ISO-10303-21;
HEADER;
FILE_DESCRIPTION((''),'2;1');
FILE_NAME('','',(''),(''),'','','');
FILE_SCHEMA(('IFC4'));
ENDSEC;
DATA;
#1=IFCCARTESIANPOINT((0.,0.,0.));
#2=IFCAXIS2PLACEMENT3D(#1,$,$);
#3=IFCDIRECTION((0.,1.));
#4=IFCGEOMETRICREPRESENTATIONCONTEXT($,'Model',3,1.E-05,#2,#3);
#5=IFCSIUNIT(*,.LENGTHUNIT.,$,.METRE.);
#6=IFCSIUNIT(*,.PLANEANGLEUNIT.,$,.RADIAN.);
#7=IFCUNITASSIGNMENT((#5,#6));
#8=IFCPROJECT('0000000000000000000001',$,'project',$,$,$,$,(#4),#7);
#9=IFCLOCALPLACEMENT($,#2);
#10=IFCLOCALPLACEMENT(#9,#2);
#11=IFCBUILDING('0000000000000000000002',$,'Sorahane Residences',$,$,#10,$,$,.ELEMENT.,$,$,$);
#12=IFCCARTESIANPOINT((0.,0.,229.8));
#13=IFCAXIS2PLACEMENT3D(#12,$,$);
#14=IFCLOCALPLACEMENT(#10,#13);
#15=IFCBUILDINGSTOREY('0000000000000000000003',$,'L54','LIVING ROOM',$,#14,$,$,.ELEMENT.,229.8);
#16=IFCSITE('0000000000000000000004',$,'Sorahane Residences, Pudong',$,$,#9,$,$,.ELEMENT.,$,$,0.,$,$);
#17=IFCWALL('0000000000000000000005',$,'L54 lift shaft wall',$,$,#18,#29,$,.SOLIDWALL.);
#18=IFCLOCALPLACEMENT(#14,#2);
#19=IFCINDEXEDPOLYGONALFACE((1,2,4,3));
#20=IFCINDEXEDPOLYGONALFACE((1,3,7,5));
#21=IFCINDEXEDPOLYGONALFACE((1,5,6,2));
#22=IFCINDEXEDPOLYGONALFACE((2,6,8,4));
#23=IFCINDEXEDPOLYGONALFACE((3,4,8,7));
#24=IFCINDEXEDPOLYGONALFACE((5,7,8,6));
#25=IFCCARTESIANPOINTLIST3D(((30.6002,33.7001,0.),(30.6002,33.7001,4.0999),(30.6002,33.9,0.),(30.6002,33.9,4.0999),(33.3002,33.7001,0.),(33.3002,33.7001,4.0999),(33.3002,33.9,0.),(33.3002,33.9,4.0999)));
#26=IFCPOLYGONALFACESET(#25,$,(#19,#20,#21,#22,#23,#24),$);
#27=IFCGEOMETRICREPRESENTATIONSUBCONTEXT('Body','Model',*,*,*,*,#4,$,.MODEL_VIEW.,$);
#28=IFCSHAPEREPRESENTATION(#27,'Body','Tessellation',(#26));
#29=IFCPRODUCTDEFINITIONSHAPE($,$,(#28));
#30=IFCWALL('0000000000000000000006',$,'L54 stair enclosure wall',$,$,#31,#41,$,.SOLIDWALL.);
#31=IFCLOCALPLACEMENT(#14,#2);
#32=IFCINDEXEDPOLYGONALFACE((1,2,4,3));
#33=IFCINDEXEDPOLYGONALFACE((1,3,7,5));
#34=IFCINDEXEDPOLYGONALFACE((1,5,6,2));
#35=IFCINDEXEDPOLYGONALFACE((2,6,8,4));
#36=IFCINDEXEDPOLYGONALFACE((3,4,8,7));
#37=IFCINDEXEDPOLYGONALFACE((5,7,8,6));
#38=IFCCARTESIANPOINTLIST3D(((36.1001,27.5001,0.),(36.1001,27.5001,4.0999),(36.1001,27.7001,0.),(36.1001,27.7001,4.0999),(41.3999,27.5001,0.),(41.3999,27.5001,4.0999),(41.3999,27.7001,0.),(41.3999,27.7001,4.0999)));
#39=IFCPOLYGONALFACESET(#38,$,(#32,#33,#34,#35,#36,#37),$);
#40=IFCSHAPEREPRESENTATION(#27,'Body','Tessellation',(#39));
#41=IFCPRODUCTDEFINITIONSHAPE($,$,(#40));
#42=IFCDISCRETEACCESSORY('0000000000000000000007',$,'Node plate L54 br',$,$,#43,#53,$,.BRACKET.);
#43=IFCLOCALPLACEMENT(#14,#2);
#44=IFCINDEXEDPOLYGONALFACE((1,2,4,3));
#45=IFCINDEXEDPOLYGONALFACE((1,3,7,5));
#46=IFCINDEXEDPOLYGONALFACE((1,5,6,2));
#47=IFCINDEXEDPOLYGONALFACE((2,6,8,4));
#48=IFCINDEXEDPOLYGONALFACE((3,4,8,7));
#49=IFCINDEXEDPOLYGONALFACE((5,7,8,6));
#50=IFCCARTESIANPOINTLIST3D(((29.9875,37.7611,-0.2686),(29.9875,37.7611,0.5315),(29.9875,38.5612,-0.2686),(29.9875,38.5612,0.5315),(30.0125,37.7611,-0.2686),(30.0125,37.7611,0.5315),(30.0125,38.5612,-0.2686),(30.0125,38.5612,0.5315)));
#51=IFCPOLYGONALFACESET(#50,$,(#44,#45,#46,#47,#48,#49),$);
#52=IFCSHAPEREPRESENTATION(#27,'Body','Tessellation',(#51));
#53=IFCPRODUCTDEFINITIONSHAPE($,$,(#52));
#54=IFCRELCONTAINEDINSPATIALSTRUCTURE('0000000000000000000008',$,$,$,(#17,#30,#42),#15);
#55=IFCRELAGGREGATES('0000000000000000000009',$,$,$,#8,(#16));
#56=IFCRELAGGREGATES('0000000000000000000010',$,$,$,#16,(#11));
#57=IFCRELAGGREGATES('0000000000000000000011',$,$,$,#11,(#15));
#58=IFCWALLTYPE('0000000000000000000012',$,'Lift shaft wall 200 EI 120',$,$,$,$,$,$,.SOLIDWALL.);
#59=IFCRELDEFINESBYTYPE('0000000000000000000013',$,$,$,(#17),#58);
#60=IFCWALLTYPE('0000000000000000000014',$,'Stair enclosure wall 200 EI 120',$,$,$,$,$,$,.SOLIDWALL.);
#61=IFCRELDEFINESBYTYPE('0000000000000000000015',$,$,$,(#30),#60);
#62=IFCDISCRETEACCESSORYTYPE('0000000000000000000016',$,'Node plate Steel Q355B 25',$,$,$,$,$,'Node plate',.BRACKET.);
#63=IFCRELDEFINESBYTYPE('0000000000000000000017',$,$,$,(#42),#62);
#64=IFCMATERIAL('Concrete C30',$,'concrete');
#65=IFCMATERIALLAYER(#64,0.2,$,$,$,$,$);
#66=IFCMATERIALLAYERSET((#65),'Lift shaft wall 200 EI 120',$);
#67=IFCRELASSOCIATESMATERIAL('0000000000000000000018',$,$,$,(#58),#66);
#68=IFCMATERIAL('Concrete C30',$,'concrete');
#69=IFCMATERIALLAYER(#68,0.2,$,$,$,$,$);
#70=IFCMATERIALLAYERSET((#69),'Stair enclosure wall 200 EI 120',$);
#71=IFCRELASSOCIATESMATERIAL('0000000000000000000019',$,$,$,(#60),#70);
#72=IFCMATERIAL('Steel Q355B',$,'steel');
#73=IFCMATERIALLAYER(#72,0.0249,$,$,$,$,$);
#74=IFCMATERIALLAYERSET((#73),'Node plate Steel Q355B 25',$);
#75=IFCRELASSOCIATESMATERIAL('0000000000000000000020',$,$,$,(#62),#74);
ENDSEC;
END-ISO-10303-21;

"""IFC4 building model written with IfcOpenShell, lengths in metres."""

from ifc_helpers import new_model, si_unit, direction, frame, frame_2d, origin, origin_2d, place, context, subcontext, project, spatial, rectangle, extrude, material, layer, layer_set, type_object, element, save


model = new_model("IFC4")

# Units and contexts
model_context = context("Model", 3, precision=1e-05, world=origin(), true_north=direction((0.0, 1.0)))
body_context = subcontext(model_context, "Body", "Model", "MODEL_VIEW")
ifc_project = project(units=[si_unit("LENGTHUNIT", "METRE"), si_unit("PLANEANGLEUNIT", "RADIAN")], contexts=[model_context])

# Site, building, storey
site_placement = place(None, origin())
site = spatial("IfcSite", under=ifc_project, at=site_placement, Name="Sorahane Residences, Pudong", CompositionType="ELEMENT", RefElevation=0.0)
building_placement = place(site_placement, origin())
building = spatial("IfcBuilding", under=site, at=building_placement, Name="Sorahane Residences", CompositionType="ELEMENT")
storey_placement = place(building_placement, frame((0.0, 0.0, 229.8)))
storey = spatial("IfcBuildingStorey", under=building, at=storey_placement, Name="L54", Description="LIVING ROOM", CompositionType="ELEMENT", Elevation=229.8)

# Shared definitions
ifc_material_1 = material(Name="Concrete C30", Category="concrete")
ifc_layer_1 = layer(ifc_material_1, 0.2)
ifc_layer_set_1 = layer_set([ifc_layer_1], Name="Lift shaft wall 200 EI 120")
wall_type_1 = type_object("IfcWallType", Name="Lift shaft wall 200 EI 120", PredefinedType="SOLIDWALL", material=ifc_layer_set_1)

# Walls
for number, where, z_axis, x_axis, name in (
    (1, (30.6001, 33.8, 0.0), (0.0, 0.0, 1.0), (1.0, 0.0, 0.0), "L54 lift shaft wall"),
):
    element("IfcWall", number, at=place(storey_placement, frame(where, z_axis=z_axis, x_axis=x_axis)), inside=storey, type_object=wall_type_1, Name=name, PredefinedType="SOLIDWALL", context=body_context, shape_type="SweptSolid", body=[
        extrude(rectangle(XDim=2.7, YDim=0.2, at=frame_2d((1.3501, 0.0))), origin(), (0.0, 0.0, 1.0), 4.0999),
    ])
ifc_material_2 = material(Name="Concrete C30", Category="concrete")
ifc_layer_2 = layer(ifc_material_2, 0.2)
ifc_layer_set_2 = layer_set([ifc_layer_2], Name="Stair enclosure wall 200 EI 120")
wall_type_2 = type_object("IfcWallType", Name="Stair enclosure wall 200 EI 120", PredefinedType="SOLIDWALL", material=ifc_layer_set_2)
wall_1_placement = place(storey_placement, frame((36.1001, 27.6001, 0.0), z_axis=(0.0, 0.0, 1.0), x_axis=(1.0, 0.0, 0.0)))
element("IfcWall", 2, at=wall_1_placement, inside=storey, type_object=wall_type_2, Name="L54 stair enclosure wall", PredefinedType="SOLIDWALL", context=body_context, shape_type="SweptSolid", body=[
    extrude(rectangle(XDim=5.2998, YDim=0.2, at=frame_2d((2.6499, 0.0))), origin(), (0.0, 0.0, 1.0), 4.0999),
])

# Discrete accessory
ifc_material_3 = material(Name="Steel Q355B", Category="steel")
ifc_layer_3 = layer(ifc_material_3, 0.0249)
ifc_layer_set_3 = layer_set([ifc_layer_3], Name="Node plate Steel Q355B 25")
discrete_accessory_type = type_object("IfcDiscreteAccessoryType", Name="Node plate Steel Q355B 25", ElementType="Node plate", PredefinedType="BRACKET", material=ifc_layer_set_3)
discrete_accessory_placement = place(storey_placement, frame((30.0, 38.1611, -0.2686), z_axis=(0.0, 0.0, 1.0), x_axis=(0.0, 1.0, 0.0)))
element("IfcDiscreteAccessory", 3, at=discrete_accessory_placement, inside=storey, type_object=discrete_accessory_type, Name="Node plate L54 br", PredefinedType="BRACKET", context=body_context, shape_type="SweptSolid", body=[
    extrude(rectangle(XDim=0.8, YDim=0.0249, at=origin_2d()), origin(), (0.0, 0.0, 1.0), 0.8),
])

save(model, "model.ifc")
